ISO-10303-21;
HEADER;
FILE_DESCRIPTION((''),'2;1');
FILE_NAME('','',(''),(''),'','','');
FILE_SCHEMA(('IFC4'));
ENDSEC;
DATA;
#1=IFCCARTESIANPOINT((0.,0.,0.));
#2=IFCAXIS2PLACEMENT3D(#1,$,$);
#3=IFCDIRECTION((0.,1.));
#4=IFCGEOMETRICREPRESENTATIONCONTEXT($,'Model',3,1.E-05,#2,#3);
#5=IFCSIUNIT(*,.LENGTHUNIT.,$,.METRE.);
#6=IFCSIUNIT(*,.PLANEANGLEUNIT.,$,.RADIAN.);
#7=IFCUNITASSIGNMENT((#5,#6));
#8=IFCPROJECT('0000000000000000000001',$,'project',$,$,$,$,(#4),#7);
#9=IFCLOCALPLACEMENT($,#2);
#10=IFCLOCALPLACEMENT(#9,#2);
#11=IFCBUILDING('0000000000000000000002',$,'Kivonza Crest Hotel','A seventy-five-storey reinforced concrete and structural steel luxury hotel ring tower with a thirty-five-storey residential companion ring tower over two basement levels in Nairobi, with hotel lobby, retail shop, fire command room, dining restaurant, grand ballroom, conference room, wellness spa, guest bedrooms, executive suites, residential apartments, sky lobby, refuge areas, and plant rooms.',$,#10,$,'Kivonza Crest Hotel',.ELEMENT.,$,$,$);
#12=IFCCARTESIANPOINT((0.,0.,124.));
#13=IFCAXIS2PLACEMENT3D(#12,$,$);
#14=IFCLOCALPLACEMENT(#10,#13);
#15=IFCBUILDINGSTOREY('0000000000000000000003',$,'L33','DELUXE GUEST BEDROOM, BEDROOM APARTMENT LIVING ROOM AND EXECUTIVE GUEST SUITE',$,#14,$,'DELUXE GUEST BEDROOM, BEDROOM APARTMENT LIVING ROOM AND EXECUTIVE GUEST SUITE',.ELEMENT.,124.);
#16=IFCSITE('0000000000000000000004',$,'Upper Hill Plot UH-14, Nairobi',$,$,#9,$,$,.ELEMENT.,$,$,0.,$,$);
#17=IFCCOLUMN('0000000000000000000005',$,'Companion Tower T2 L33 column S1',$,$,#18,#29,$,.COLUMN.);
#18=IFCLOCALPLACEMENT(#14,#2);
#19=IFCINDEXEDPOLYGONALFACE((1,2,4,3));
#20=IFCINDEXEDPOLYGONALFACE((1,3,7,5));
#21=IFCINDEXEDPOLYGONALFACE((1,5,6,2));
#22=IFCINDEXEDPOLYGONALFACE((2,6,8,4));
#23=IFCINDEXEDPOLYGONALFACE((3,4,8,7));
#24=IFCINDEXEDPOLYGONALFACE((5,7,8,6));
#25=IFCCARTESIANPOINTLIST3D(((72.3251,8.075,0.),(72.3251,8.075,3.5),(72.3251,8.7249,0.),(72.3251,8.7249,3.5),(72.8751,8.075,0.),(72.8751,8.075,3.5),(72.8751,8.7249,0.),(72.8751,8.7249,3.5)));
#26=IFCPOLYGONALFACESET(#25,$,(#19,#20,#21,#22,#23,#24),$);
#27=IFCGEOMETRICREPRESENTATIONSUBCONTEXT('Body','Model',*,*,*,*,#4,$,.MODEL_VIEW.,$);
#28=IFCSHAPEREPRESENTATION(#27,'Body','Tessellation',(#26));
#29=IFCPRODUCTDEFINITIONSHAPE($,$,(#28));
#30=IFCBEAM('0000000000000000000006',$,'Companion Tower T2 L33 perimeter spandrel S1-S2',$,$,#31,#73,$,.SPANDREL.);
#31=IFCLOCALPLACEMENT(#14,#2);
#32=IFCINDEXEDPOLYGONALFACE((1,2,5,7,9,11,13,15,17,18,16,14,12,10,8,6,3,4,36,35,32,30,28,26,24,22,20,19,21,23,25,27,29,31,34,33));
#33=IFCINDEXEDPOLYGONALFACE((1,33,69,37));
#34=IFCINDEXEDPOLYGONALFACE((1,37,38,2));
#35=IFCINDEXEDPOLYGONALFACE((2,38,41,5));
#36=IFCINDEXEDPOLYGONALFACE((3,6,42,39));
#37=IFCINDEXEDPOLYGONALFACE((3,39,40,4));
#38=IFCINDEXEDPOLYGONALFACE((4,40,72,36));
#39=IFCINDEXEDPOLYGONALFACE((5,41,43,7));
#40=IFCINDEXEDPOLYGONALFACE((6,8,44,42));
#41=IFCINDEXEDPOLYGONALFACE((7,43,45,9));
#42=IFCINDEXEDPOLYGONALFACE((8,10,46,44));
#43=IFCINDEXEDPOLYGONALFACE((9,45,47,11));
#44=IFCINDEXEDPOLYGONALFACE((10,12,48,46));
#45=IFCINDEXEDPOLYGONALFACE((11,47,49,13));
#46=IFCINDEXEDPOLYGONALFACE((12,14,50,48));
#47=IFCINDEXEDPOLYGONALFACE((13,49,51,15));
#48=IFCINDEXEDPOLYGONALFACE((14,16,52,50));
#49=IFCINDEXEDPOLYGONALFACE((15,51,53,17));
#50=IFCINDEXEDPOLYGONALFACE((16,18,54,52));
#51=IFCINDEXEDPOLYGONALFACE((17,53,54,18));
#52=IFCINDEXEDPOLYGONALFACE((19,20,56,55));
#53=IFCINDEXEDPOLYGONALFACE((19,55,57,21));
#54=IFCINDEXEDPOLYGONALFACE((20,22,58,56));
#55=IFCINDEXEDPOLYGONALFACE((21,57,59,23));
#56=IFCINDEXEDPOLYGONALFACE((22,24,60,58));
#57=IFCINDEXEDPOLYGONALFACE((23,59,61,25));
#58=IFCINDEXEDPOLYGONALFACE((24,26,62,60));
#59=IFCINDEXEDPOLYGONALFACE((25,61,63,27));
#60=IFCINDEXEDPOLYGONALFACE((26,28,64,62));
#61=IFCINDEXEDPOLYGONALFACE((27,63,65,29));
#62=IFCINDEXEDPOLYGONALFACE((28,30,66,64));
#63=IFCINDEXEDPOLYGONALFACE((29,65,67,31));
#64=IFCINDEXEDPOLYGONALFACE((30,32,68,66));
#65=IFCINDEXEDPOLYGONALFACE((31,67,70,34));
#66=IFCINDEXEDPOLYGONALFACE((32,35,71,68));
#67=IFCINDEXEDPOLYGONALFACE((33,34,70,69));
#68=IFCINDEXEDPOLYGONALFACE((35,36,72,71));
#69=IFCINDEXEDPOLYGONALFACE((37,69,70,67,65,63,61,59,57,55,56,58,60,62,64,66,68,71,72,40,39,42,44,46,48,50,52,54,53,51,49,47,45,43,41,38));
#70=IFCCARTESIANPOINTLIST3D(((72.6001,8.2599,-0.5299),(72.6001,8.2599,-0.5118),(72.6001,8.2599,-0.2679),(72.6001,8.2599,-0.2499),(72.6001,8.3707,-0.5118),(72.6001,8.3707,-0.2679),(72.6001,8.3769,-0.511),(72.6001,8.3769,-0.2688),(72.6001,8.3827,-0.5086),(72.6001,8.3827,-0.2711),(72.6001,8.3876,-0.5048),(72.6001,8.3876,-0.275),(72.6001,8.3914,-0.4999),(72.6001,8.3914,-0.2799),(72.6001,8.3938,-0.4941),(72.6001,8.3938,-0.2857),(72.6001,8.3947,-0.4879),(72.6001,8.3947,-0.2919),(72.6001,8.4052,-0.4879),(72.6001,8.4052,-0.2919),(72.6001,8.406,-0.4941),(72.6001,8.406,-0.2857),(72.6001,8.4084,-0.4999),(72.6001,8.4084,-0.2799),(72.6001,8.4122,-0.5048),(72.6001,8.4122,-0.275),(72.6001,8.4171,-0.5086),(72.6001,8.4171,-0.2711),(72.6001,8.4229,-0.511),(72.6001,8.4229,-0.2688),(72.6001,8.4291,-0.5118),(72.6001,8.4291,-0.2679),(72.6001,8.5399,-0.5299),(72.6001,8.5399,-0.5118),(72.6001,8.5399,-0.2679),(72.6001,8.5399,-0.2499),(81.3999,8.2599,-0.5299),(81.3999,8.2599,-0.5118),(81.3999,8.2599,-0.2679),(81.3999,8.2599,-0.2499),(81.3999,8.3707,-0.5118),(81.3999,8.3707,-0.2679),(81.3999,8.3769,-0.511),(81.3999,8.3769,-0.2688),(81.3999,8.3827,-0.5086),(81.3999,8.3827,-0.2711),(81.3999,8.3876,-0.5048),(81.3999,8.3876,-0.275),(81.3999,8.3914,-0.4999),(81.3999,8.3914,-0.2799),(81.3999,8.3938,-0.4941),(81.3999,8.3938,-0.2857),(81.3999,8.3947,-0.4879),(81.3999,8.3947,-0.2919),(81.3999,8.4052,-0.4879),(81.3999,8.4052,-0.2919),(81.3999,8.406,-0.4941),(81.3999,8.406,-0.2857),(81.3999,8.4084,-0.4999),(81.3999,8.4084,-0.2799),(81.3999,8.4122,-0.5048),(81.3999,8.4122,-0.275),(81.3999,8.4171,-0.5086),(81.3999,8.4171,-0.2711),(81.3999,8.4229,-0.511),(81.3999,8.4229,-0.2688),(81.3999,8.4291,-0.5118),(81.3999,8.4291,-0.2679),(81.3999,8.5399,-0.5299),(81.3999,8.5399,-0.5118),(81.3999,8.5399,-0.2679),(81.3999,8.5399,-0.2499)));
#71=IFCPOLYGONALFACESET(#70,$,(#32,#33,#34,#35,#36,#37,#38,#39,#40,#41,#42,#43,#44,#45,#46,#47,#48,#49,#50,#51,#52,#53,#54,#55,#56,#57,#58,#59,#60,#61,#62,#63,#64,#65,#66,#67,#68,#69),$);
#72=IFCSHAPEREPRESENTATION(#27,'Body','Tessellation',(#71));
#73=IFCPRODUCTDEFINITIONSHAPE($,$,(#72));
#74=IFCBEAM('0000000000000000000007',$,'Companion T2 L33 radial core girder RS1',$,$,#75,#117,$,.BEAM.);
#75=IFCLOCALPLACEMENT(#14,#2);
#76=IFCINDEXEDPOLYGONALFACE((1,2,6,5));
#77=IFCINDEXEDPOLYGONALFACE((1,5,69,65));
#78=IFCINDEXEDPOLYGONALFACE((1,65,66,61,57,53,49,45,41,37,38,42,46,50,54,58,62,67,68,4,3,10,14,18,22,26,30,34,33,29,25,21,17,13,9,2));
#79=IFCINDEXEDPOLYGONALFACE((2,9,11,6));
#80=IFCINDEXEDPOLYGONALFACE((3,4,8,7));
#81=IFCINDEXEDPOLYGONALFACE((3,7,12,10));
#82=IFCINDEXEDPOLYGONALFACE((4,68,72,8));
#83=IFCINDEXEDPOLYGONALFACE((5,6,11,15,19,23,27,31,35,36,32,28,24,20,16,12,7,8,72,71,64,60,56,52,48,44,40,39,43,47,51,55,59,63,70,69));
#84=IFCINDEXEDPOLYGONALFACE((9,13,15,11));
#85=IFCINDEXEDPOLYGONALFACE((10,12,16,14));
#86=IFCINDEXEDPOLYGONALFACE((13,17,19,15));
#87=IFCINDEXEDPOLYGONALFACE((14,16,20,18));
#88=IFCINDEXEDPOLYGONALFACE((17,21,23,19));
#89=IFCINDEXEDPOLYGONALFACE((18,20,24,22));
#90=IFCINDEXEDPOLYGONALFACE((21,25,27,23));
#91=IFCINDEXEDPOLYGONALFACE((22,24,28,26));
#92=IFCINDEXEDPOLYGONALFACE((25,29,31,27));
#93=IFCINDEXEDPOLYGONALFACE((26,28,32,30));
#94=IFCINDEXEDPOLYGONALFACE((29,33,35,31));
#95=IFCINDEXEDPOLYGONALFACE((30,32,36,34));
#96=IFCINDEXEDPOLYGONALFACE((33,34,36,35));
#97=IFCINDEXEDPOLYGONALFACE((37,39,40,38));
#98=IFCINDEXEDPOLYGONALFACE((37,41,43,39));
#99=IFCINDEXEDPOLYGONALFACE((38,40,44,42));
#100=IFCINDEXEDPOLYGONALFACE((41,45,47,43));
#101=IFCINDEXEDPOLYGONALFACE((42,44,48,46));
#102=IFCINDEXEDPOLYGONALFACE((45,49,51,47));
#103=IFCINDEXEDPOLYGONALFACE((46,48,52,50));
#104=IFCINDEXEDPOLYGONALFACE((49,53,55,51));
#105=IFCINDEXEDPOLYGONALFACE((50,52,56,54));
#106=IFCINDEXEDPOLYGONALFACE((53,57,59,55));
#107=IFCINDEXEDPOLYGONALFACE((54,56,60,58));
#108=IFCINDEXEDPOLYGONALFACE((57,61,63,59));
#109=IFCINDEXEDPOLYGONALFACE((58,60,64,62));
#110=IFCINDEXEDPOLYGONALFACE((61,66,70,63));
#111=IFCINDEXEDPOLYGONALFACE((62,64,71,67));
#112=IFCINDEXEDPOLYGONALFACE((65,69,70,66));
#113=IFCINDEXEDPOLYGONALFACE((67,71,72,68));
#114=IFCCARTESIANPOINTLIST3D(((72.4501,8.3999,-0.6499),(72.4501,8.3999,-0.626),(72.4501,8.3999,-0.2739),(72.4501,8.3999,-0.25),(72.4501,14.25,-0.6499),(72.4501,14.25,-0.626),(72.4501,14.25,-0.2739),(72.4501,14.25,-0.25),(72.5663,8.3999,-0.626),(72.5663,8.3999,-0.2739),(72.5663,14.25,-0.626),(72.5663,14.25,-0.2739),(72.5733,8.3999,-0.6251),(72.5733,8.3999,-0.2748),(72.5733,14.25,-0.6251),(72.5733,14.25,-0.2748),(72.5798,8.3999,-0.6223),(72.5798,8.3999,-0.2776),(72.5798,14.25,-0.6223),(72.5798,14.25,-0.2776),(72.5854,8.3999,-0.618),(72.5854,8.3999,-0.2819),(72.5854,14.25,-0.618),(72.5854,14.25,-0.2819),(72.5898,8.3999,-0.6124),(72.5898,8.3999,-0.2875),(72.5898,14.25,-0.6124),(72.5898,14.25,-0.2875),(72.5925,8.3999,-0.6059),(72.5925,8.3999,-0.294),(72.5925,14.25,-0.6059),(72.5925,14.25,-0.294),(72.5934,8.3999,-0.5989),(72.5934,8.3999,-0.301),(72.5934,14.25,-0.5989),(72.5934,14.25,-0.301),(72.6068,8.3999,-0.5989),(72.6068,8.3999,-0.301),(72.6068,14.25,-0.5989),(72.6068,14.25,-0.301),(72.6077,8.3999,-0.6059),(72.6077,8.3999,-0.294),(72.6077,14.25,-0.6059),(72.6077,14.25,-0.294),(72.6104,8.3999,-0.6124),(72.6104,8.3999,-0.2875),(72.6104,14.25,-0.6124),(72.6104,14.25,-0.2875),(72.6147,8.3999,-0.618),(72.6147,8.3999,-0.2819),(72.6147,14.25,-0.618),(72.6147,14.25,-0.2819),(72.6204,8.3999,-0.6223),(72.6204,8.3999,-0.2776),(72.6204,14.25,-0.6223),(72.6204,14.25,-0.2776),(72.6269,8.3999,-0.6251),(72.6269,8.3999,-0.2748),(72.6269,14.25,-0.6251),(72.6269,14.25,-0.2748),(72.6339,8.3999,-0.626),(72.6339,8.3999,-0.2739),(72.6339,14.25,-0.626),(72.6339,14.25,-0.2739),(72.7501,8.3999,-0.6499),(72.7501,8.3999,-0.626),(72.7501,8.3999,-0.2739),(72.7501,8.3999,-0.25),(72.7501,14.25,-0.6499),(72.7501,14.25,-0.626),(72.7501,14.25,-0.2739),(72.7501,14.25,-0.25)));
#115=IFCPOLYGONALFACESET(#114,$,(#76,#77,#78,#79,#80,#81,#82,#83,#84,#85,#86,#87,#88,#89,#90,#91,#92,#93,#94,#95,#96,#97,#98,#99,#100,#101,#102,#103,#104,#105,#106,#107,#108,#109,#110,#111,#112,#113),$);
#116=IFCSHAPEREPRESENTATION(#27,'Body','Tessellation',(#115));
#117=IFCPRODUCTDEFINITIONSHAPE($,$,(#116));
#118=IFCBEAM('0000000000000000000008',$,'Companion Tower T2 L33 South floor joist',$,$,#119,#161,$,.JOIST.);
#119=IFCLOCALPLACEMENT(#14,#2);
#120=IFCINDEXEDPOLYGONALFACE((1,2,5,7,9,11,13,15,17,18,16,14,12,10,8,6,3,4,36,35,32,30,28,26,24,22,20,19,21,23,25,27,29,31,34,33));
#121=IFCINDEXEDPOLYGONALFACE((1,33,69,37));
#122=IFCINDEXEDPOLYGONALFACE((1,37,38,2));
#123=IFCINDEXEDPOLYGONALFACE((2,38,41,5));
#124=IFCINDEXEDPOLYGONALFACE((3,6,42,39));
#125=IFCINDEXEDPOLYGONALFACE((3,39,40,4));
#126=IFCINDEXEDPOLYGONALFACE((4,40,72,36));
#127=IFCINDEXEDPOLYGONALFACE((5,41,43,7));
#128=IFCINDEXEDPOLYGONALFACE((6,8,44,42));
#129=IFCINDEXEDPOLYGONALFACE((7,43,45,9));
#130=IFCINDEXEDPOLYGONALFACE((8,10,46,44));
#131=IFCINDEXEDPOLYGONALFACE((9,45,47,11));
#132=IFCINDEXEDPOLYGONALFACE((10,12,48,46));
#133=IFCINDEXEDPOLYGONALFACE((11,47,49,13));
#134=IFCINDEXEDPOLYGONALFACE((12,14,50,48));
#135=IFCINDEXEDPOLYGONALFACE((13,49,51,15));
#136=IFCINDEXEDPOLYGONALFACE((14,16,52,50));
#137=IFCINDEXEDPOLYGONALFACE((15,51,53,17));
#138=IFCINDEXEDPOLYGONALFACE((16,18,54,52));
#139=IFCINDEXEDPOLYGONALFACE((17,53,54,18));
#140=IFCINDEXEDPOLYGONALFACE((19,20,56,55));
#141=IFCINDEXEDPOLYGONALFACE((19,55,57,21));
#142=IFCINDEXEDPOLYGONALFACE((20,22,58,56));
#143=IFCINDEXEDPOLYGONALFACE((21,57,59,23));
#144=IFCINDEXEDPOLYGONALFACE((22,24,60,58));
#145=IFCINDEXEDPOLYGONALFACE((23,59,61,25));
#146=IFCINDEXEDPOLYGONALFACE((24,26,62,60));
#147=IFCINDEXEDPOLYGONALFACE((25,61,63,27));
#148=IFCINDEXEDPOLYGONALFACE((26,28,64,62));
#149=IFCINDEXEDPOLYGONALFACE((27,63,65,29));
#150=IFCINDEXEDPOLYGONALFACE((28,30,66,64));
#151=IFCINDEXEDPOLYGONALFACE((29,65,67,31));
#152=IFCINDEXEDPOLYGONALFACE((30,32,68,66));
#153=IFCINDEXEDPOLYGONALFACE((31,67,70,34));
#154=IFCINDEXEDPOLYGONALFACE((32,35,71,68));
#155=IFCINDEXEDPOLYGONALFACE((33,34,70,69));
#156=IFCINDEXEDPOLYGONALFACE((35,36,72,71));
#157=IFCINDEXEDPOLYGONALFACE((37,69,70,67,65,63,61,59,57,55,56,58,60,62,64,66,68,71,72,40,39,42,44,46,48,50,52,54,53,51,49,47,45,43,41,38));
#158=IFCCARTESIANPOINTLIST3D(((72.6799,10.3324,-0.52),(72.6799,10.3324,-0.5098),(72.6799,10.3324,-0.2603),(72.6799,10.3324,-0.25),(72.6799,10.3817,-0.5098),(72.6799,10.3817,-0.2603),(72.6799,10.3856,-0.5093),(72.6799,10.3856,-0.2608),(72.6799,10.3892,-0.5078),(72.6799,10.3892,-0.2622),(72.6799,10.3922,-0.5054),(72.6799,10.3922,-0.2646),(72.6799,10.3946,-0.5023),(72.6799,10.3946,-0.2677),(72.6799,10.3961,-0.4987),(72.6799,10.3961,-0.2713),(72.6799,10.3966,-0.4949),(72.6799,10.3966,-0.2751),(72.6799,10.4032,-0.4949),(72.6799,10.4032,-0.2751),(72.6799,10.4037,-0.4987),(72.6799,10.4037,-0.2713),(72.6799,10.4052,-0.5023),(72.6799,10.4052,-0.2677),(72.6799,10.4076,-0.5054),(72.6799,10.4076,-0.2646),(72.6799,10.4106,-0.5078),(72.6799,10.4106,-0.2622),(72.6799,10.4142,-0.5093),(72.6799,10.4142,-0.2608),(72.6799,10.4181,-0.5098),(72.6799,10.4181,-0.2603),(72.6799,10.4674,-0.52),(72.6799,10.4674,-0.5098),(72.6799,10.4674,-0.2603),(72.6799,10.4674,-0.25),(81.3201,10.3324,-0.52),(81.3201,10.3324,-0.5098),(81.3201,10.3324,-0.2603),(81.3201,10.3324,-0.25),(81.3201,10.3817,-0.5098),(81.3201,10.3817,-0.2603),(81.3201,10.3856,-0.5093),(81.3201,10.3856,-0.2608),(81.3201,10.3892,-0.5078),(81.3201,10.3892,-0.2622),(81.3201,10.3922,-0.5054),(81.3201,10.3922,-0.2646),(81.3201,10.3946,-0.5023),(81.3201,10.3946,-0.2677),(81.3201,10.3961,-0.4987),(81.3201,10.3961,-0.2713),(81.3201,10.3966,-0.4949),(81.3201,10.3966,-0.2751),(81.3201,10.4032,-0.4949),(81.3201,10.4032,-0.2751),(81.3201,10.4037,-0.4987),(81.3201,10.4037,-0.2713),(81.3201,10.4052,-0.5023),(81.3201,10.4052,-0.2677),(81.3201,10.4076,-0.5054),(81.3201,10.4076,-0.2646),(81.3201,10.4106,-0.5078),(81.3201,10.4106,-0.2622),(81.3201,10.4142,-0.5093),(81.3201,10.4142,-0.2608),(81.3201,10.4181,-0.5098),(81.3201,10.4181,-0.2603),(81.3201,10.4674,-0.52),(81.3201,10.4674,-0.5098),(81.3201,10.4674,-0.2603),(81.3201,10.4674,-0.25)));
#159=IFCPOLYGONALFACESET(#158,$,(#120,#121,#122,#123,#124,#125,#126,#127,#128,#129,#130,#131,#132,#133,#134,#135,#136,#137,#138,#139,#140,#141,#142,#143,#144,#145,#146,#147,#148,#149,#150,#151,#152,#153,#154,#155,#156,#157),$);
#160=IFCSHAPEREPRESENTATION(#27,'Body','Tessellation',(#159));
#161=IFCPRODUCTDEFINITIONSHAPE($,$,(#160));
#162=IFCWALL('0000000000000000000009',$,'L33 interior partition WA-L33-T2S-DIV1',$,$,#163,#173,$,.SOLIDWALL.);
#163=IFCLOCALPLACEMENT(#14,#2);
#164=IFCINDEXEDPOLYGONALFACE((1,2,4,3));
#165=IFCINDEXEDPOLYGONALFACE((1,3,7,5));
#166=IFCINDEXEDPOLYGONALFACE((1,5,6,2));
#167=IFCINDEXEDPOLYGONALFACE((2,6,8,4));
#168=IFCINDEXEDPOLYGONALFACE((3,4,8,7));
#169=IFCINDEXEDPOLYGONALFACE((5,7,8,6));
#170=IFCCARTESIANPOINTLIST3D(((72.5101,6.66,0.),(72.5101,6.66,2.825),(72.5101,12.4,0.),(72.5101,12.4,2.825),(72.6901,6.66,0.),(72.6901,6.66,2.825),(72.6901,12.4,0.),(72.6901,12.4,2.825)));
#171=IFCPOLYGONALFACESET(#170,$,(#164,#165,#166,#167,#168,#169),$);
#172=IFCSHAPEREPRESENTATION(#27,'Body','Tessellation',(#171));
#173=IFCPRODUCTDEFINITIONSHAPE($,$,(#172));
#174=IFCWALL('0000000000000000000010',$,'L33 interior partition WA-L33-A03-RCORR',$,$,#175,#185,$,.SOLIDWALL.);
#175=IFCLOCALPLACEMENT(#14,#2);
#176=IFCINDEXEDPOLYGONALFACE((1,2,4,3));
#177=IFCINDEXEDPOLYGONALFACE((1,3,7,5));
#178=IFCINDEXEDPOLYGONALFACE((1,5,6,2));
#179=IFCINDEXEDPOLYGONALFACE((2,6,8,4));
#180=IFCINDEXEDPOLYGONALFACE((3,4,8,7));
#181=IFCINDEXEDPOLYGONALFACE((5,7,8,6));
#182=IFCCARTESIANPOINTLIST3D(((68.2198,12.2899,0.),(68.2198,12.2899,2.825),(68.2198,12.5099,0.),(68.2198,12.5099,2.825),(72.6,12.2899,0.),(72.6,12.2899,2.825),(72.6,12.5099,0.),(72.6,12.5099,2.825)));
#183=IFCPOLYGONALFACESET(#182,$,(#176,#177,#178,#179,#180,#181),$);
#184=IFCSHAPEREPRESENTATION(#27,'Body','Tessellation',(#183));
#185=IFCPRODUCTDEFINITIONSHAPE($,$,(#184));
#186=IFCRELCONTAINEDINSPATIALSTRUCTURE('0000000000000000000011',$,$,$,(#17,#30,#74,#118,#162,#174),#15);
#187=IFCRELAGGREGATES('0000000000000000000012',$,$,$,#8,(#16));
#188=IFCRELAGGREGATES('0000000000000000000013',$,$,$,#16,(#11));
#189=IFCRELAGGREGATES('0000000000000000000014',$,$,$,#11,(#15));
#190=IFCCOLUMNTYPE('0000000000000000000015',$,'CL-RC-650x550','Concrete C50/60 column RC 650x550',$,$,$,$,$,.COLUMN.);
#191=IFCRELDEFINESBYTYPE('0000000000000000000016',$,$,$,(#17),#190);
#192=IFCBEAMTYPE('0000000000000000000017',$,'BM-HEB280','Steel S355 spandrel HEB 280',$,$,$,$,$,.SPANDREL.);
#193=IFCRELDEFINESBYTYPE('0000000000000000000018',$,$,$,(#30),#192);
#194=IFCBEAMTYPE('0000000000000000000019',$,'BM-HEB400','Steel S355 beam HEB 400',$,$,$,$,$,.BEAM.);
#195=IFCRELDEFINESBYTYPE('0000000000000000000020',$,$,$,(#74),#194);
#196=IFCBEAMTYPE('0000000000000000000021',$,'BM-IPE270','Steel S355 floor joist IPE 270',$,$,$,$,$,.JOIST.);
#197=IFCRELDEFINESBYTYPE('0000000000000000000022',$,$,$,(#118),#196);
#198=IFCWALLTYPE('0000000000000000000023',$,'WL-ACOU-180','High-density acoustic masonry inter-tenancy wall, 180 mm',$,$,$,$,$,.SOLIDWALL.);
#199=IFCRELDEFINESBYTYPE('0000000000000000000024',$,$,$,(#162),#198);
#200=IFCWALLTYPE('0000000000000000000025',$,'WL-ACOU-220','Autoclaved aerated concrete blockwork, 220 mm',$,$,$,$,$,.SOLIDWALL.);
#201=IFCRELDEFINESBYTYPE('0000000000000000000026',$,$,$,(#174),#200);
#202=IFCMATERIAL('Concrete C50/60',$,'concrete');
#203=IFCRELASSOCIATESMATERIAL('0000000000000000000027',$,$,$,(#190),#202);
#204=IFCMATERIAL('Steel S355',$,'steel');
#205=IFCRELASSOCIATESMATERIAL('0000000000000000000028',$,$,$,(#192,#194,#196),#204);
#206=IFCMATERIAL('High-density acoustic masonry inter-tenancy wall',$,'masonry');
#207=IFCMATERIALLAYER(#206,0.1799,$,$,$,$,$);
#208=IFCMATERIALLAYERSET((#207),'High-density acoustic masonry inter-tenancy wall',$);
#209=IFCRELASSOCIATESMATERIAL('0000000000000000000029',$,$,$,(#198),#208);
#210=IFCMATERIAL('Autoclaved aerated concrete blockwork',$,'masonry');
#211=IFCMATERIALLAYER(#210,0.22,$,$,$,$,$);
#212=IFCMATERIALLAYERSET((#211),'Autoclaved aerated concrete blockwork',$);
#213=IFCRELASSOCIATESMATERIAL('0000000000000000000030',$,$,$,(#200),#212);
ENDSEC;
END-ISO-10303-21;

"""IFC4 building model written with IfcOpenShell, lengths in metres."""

from ifc_helpers import new_model, si_unit, direction, frame, frame_2d, origin, origin_2d, place, context, subcontext, project, spatial, rectangle, i_section, extrude, material, layer, layer_set, material_profile, profile_set, type_object, element, save


model = new_model("IFC4")

# Units and contexts
model_context = context("Model", 3, precision=1e-05, world=origin(), true_north=direction((0.0, 1.0)))
body_context = subcontext(model_context, "Body", "Model", "MODEL_VIEW")
ifc_project = project(units=[si_unit("LENGTHUNIT", "METRE"), si_unit("PLANEANGLEUNIT", "RADIAN")], contexts=[model_context])

# Site, building, storey
site_placement = place(None, origin())
site = spatial("IfcSite", under=ifc_project, at=site_placement, Name="Upper Hill Plot UH-14, Nairobi", CompositionType="ELEMENT", RefElevation=0.0)
building_placement = place(site_placement, origin())
building = spatial("IfcBuilding", under=site, at=building_placement, Name="Kivonza Crest Hotel", Description="A seventy-five-storey reinforced concrete and structural steel luxury hotel ring tower with a thirty-five-storey residential companion ring tower over two basement levels in Nairobi, with hotel lobby, retail shop, fire command room, dining restaurant, grand ballroom, conference room, wellness spa, guest bedrooms, executive suites, residential apartments, sky lobby, refuge areas, and plant rooms.", LongName="Kivonza Crest Hotel", CompositionType="ELEMENT")
storey_placement = place(building_placement, frame((0.0, 0.0, 124.0)))
storey = spatial("IfcBuildingStorey", under=building, at=storey_placement, Name="L33", Description="DELUXE GUEST BEDROOM, BEDROOM APARTMENT LIVING ROOM AND EXECUTIVE GUEST SUITE", LongName="DELUXE GUEST BEDROOM, BEDROOM APARTMENT LIVING ROOM AND EXECUTIVE GUEST SUITE", CompositionType="ELEMENT", Elevation=124.0)

# Column
ifc_material_1 = material(Name="Concrete C50/60", Category="concrete")
ifc_material_profile_1 = material_profile(ifc_material_1, rectangle(XDim=0.55, YDim=0.6499, at=origin_2d()), Name="RC 650x550")
ifc_profile_set_1 = profile_set([ifc_material_profile_1], Name="Concrete C50/60")
column_type = type_object("IfcColumnType", Name="CL-RC-650x550", Description="Concrete C50/60 column RC 650x550", PredefinedType="COLUMN", material=ifc_profile_set_1)
column_placement = place(storey_placement, frame((72.6001, 8.3999, 0.0), z_axis=(0.0, 0.0, 1.0), x_axis=(1.0, 0.0, 0.0)))
element("IfcColumn", 1, at=column_placement, inside=storey, type_object=column_type, Name="Companion Tower T2 L33 column S1", PredefinedType="COLUMN", context=body_context, shape_type="SweptSolid", body=[
    extrude(rectangle(XDim=0.55, YDim=0.6499, at=origin_2d()), origin(), (0.0, 0.0, 1.0), 3.5),
])

# Beams
ifc_material_2 = material(Name="Steel S355", Category="steel")
ifc_material_profile_2 = material_profile(ifc_material_2, i_section(OverallWidth=0.28, OverallDepth=0.28, WebThickness=0.0105, FlangeThickness=0.0181, FilletRadius=0.0239, at=origin_2d()), Name="HEB 280")
ifc_profile_set_2 = profile_set([ifc_material_profile_2], Name="Steel S355")
beam_type_1 = type_object("IfcBeamType", Name="BM-HEB280", Description="Steel S355 spandrel HEB 280", PredefinedType="SPANDREL", material=ifc_profile_set_2)
beam_1_placement = place(storey_placement, frame((72.6001, 8.3999, -0.3899), z_axis=(1.0, 0.0, 0.0), x_axis=(0.0, 1.0, 0.0)))
element("IfcBeam", 2, at=beam_1_placement, inside=storey, type_object=beam_type_1, Name="Companion Tower T2 L33 perimeter spandrel S1-S2", PredefinedType="SPANDREL", context=body_context, shape_type="SweptSolid", body=[
    extrude(i_section(OverallWidth=0.28, OverallDepth=0.28, WebThickness=0.0105, FlangeThickness=0.0181, FilletRadius=0.0239, at=origin_2d()), origin(), (0.0, 0.0, 1.0), 8.7998),
])
ifc_material_profile_3 = material_profile(ifc_material_2, i_section(OverallWidth=0.3, OverallDepth=0.3999, WebThickness=0.0134, FlangeThickness=0.0239, FilletRadius=0.0271, at=origin_2d()), Name="HEB 400")
ifc_profile_set_3 = profile_set([ifc_material_profile_3], Name="Steel S355")
beam_type_2 = type_object("IfcBeamType", Name="BM-HEB400", Description="Steel S355 beam HEB 400", PredefinedType="BEAM", material=ifc_profile_set_3)
beam_2_placement = place(storey_placement, frame((72.6001, 8.3999, -0.45), z_axis=(0.0, 1.0, 0.0), x_axis=(-1.0, 0.0, 0.0)))
element("IfcBeam", 3, at=beam_2_placement, inside=storey, type_object=beam_type_2, Name="Companion T2 L33 radial core girder RS1", PredefinedType="BEAM", context=body_context, shape_type="SweptSolid", body=[
    extrude(i_section(OverallWidth=0.3, OverallDepth=0.3999, WebThickness=0.0134, FlangeThickness=0.0239, FilletRadius=0.0271, at=origin_2d()), origin(), (0.0, 0.0, 1.0), 5.8501),
])
ifc_material_profile_4 = material_profile(ifc_material_2, i_section(OverallWidth=0.135, OverallDepth=0.27, WebThickness=0.0066, FlangeThickness=0.0103, FilletRadius=0.0149, at=origin_2d()), Name="IPE 270")
ifc_profile_set_4 = profile_set([ifc_material_profile_4], Name="Steel S355")
beam_type_3 = type_object("IfcBeamType", Name="BM-IPE270", Description="Steel S355 floor joist IPE 270", PredefinedType="JOIST", material=ifc_profile_set_4)
beam_3_placement = place(storey_placement, frame((72.6799, 10.3999, -0.385), z_axis=(1.0, 0.0, 0.0), x_axis=(0.0, 1.0, 0.0)))
element("IfcBeam", 4, at=beam_3_placement, inside=storey, type_object=beam_type_3, Name="Companion Tower T2 L33 South floor joist", PredefinedType="JOIST", context=body_context, shape_type="SweptSolid", body=[
    extrude(i_section(OverallWidth=0.135, OverallDepth=0.27, WebThickness=0.0066, FlangeThickness=0.0103, FilletRadius=0.0149, at=origin_2d()), origin(), (0.0, 0.0, 1.0), 8.6401),
])

# Walls
ifc_material_3 = material(Name="High-density acoustic masonry inter-tenancy wall", Category="masonry")
ifc_layer_1 = layer(ifc_material_3, 0.1799)
ifc_layer_set_1 = layer_set([ifc_layer_1], Name="High-density acoustic masonry inter-tenancy wall")
wall_type_1 = type_object("IfcWallType", Name="WL-ACOU-180", Description="High-density acoustic masonry inter-tenancy wall, 180 mm", PredefinedType="SOLIDWALL", material=ifc_layer_set_1)
wall_1_placement = place(storey_placement, frame((72.6001, 6.6599, 0.0), z_axis=(0.0, 0.0, 1.0), x_axis=(0.0, 1.0, 0.0)))
element("IfcWall", 5, at=wall_1_placement, inside=storey, type_object=wall_type_1, Name="L33 interior partition WA-L33-T2S-DIV1", PredefinedType="SOLIDWALL", context=body_context, shape_type="SweptSolid", body=[
    extrude(rectangle(XDim=5.74, YDim=0.1799, at=frame_2d((2.8701, 0.0))), origin(), (0.0, 0.0, 1.0), 2.825),
])
ifc_material_4 = material(Name="Autoclaved aerated concrete blockwork", Category="masonry")
ifc_layer_2 = layer(ifc_material_4, 0.22)
ifc_layer_set_2 = layer_set([ifc_layer_2], Name="Autoclaved aerated concrete blockwork")
wall_type_2 = type_object("IfcWallType", Name="WL-ACOU-220", Description="Autoclaved aerated concrete blockwork, 220 mm", PredefinedType="SOLIDWALL", material=ifc_layer_set_2)
wall_2_placement = place(storey_placement, frame((68.22, 12.3999, 0.0), z_axis=(0.0, 0.0, 1.0), x_axis=(1.0, 0.0, 0.0)))
element("IfcWall", 6, at=wall_2_placement, inside=storey, type_object=wall_type_2, Name="L33 interior partition WA-L33-A03-RCORR", PredefinedType="SOLIDWALL", context=body_context, shape_type="SweptSolid", body=[
    extrude(rectangle(XDim=4.3801, YDim=0.22, at=frame_2d((2.1899, 0.0))), origin(), (0.0, 0.0, 1.0), 2.825),
])

save(model, "model.ifc")
